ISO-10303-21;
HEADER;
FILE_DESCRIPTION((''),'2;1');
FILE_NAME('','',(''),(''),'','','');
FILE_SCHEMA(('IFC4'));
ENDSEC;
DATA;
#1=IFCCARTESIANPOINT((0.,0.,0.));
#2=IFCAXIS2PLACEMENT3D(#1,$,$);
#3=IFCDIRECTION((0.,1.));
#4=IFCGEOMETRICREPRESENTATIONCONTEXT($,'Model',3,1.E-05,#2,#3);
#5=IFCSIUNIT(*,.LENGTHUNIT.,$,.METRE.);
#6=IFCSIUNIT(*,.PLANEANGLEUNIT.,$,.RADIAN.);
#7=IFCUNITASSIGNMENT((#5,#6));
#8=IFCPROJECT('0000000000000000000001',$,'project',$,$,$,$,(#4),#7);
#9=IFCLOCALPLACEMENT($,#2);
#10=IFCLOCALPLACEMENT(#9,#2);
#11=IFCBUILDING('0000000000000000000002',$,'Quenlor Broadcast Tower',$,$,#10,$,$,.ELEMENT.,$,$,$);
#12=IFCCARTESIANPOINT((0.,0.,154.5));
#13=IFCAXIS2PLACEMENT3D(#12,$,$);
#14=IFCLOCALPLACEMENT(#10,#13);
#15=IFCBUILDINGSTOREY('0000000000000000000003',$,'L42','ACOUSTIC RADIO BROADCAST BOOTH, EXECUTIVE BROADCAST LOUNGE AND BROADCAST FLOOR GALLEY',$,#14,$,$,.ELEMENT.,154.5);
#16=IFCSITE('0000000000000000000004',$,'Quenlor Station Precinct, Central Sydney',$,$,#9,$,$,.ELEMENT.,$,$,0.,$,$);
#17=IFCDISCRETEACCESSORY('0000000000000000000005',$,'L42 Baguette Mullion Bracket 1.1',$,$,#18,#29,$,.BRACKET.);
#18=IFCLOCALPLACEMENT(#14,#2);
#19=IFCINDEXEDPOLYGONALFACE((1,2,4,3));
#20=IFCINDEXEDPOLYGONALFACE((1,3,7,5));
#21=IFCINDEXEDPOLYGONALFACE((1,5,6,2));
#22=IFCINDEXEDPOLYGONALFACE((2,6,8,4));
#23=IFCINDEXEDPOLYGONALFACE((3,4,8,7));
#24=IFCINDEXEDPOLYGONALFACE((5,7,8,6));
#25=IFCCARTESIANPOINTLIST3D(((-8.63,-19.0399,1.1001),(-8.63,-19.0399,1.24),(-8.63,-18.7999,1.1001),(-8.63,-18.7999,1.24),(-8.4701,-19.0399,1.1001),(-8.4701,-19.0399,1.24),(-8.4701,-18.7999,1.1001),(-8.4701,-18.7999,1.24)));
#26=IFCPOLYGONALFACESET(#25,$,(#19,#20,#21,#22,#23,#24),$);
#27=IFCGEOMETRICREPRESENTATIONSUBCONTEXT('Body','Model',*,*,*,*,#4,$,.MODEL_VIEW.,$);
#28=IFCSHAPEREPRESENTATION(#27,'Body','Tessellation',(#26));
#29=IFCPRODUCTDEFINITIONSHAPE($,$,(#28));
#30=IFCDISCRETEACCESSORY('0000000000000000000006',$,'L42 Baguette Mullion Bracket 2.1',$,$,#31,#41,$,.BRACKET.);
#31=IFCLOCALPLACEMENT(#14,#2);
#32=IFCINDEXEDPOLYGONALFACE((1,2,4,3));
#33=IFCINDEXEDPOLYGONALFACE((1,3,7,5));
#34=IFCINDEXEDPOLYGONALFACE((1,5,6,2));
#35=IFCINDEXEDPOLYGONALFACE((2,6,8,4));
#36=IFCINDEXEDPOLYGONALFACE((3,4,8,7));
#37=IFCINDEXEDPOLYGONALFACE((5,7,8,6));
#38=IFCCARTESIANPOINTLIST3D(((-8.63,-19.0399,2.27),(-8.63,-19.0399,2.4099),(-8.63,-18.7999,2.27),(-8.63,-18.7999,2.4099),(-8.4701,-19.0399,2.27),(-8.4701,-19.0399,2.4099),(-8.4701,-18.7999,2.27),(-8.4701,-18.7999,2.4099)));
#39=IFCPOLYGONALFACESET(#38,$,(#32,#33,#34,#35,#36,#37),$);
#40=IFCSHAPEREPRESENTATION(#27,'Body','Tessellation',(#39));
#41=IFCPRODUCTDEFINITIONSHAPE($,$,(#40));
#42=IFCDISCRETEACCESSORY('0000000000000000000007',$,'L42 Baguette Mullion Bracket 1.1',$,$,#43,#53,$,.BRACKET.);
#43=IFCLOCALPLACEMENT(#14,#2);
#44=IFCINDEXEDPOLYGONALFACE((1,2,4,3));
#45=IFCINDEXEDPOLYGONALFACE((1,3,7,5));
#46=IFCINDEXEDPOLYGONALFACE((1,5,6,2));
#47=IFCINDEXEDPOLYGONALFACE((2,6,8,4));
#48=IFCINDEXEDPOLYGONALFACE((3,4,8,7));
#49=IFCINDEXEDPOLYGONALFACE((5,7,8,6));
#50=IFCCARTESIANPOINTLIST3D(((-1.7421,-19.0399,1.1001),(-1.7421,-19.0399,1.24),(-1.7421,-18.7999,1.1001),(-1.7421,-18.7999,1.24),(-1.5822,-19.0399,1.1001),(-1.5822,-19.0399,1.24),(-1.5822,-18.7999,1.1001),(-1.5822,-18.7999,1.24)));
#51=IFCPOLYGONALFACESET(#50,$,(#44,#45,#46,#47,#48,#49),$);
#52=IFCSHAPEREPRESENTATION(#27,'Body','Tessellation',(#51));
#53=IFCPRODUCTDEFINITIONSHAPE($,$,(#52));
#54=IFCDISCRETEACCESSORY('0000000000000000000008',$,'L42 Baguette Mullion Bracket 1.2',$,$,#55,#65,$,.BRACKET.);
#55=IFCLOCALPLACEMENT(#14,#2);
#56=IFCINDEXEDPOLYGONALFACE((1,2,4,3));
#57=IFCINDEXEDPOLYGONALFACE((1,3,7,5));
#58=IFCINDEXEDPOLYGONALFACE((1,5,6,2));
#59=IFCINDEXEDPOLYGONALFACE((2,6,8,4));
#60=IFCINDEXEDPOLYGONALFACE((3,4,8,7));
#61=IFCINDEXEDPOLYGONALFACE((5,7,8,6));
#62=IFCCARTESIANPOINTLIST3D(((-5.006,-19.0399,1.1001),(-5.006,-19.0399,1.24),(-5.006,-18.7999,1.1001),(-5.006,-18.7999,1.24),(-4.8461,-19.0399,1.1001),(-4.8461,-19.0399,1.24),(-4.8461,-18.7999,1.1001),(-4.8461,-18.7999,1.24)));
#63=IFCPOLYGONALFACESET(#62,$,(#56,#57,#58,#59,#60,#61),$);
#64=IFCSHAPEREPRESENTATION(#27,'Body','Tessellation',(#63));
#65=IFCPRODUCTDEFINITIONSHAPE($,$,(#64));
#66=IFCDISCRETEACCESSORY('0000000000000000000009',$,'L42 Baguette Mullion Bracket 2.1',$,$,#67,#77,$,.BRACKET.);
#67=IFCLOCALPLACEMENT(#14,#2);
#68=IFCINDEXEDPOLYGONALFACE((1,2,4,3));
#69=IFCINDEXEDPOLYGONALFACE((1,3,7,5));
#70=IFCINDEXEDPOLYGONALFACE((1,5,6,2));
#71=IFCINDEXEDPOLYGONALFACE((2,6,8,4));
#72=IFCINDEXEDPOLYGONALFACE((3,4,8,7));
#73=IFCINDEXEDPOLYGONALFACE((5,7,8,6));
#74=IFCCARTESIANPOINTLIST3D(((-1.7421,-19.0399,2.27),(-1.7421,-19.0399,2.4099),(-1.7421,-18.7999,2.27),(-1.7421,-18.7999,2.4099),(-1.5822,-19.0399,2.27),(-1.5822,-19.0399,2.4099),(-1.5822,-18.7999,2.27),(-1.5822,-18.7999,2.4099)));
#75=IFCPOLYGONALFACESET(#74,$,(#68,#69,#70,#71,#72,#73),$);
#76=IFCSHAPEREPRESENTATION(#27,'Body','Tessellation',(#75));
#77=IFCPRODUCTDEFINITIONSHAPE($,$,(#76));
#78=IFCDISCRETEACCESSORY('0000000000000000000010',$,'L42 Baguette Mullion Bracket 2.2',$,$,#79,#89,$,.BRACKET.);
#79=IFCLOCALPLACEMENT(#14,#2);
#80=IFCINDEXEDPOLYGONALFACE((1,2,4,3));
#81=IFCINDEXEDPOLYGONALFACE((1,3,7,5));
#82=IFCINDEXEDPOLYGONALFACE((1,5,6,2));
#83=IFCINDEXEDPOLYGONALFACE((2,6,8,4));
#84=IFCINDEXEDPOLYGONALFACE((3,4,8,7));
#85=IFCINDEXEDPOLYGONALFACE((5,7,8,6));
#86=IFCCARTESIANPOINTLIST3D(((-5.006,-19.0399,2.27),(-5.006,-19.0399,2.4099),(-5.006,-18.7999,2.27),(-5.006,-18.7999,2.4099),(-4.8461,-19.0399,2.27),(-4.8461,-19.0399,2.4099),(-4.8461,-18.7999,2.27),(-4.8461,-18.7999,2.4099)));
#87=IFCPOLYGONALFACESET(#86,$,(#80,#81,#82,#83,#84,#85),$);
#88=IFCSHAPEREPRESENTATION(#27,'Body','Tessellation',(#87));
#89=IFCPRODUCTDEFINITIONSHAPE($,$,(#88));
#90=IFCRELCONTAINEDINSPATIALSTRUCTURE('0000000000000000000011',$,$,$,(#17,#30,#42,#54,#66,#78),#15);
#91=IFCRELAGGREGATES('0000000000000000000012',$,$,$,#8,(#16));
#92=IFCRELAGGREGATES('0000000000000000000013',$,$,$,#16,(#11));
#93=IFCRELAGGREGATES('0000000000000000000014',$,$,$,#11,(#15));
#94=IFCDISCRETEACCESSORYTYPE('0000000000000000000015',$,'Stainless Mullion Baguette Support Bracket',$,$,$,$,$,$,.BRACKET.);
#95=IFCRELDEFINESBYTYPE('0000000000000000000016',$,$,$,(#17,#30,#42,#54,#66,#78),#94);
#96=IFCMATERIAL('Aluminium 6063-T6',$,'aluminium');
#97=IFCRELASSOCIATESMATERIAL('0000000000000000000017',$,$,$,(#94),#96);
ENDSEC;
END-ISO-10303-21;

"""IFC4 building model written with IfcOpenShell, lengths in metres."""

from ifc_helpers import new_model, si_unit, direction, frame, origin, origin_2d, place, context, subcontext, project, spatial, rectangle, extrude, material, type_object, element, save


model = new_model("IFC4")

# Units and contexts
model_context = context("Model", 3, precision=1e-05, world=origin(), true_north=direction((0.0, 1.0)))
body_context = subcontext(model_context, "Body", "Model", "MODEL_VIEW")
ifc_project = project(units=[si_unit("LENGTHUNIT", "METRE"), si_unit("PLANEANGLEUNIT", "RADIAN")], contexts=[model_context])

# Site, building, storey
site_placement = place(None, origin())
site = spatial("IfcSite", under=ifc_project, at=site_placement, Name="Quenlor Station Precinct, Central Sydney", CompositionType="ELEMENT", RefElevation=0.0)
building_placement = place(site_placement, origin())
building = spatial("IfcBuilding", under=site, at=building_placement, Name="Quenlor Broadcast Tower", CompositionType="ELEMENT")
storey_placement = place(building_placement, frame((0.0, 0.0, 154.5)))
storey = spatial("IfcBuildingStorey", under=building, at=storey_placement, Name="L42", Description="ACOUSTIC RADIO BROADCAST BOOTH, EXECUTIVE BROADCAST LOUNGE AND BROADCAST FLOOR GALLEY", CompositionType="ELEMENT", Elevation=154.5)

# Discrete accessories
ifc_material_1 = material(Name="Aluminium 6063-T6", Category="aluminium")
discrete_accessory_type = type_object("IfcDiscreteAccessoryType", Name="Stainless Mullion Baguette Support Bracket", PredefinedType="BRACKET", material=ifc_material_1)
for number, where, z_axis, x_axis, name in (
    (1, (-8.55, -18.9199, 1.1001), (0.0, 0.0, 1.0), (-1.0, 0.0, 0.0), "L42 Baguette Mullion Bracket 1.1"),
    (2, (-8.55, -18.9199, 2.27), (0.0, 0.0, 1.0), (-1.0, 0.0, 0.0), "L42 Baguette Mullion Bracket 2.1"),
    (3, (-1.6621, -18.9199, 1.1001), (0.0, 0.0, 1.0), (-1.0, 0.0, 0.0), "L42 Baguette Mullion Bracket 1.1"),
    (4, (-4.926, -18.9199, 1.1001), (0.0, 0.0, 1.0), (-1.0, 0.0, 0.0), "L42 Baguette Mullion Bracket 1.2"),
    (5, (-1.6621, -18.9199, 2.27), (0.0, 0.0, 1.0), (-1.0, 0.0, 0.0), "L42 Baguette Mullion Bracket 2.1"),
    (6, (-4.926, -18.9199, 2.27), (0.0, 0.0, 1.0), (-1.0, 0.0, 0.0), "L42 Baguette Mullion Bracket 2.2"),
):
    element("IfcDiscreteAccessory", number, at=place(storey_placement, frame(where, z_axis=z_axis, x_axis=x_axis)), inside=storey, type_object=discrete_accessory_type, Name=name, PredefinedType="BRACKET", context=body_context, shape_type="SweptSolid", body=[
        extrude(rectangle(XDim=0.1599, YDim=0.24, at=origin_2d()), origin(), (0.0, 0.0, 1.0), 0.1399),
    ])

save(model, "model.ifc")
